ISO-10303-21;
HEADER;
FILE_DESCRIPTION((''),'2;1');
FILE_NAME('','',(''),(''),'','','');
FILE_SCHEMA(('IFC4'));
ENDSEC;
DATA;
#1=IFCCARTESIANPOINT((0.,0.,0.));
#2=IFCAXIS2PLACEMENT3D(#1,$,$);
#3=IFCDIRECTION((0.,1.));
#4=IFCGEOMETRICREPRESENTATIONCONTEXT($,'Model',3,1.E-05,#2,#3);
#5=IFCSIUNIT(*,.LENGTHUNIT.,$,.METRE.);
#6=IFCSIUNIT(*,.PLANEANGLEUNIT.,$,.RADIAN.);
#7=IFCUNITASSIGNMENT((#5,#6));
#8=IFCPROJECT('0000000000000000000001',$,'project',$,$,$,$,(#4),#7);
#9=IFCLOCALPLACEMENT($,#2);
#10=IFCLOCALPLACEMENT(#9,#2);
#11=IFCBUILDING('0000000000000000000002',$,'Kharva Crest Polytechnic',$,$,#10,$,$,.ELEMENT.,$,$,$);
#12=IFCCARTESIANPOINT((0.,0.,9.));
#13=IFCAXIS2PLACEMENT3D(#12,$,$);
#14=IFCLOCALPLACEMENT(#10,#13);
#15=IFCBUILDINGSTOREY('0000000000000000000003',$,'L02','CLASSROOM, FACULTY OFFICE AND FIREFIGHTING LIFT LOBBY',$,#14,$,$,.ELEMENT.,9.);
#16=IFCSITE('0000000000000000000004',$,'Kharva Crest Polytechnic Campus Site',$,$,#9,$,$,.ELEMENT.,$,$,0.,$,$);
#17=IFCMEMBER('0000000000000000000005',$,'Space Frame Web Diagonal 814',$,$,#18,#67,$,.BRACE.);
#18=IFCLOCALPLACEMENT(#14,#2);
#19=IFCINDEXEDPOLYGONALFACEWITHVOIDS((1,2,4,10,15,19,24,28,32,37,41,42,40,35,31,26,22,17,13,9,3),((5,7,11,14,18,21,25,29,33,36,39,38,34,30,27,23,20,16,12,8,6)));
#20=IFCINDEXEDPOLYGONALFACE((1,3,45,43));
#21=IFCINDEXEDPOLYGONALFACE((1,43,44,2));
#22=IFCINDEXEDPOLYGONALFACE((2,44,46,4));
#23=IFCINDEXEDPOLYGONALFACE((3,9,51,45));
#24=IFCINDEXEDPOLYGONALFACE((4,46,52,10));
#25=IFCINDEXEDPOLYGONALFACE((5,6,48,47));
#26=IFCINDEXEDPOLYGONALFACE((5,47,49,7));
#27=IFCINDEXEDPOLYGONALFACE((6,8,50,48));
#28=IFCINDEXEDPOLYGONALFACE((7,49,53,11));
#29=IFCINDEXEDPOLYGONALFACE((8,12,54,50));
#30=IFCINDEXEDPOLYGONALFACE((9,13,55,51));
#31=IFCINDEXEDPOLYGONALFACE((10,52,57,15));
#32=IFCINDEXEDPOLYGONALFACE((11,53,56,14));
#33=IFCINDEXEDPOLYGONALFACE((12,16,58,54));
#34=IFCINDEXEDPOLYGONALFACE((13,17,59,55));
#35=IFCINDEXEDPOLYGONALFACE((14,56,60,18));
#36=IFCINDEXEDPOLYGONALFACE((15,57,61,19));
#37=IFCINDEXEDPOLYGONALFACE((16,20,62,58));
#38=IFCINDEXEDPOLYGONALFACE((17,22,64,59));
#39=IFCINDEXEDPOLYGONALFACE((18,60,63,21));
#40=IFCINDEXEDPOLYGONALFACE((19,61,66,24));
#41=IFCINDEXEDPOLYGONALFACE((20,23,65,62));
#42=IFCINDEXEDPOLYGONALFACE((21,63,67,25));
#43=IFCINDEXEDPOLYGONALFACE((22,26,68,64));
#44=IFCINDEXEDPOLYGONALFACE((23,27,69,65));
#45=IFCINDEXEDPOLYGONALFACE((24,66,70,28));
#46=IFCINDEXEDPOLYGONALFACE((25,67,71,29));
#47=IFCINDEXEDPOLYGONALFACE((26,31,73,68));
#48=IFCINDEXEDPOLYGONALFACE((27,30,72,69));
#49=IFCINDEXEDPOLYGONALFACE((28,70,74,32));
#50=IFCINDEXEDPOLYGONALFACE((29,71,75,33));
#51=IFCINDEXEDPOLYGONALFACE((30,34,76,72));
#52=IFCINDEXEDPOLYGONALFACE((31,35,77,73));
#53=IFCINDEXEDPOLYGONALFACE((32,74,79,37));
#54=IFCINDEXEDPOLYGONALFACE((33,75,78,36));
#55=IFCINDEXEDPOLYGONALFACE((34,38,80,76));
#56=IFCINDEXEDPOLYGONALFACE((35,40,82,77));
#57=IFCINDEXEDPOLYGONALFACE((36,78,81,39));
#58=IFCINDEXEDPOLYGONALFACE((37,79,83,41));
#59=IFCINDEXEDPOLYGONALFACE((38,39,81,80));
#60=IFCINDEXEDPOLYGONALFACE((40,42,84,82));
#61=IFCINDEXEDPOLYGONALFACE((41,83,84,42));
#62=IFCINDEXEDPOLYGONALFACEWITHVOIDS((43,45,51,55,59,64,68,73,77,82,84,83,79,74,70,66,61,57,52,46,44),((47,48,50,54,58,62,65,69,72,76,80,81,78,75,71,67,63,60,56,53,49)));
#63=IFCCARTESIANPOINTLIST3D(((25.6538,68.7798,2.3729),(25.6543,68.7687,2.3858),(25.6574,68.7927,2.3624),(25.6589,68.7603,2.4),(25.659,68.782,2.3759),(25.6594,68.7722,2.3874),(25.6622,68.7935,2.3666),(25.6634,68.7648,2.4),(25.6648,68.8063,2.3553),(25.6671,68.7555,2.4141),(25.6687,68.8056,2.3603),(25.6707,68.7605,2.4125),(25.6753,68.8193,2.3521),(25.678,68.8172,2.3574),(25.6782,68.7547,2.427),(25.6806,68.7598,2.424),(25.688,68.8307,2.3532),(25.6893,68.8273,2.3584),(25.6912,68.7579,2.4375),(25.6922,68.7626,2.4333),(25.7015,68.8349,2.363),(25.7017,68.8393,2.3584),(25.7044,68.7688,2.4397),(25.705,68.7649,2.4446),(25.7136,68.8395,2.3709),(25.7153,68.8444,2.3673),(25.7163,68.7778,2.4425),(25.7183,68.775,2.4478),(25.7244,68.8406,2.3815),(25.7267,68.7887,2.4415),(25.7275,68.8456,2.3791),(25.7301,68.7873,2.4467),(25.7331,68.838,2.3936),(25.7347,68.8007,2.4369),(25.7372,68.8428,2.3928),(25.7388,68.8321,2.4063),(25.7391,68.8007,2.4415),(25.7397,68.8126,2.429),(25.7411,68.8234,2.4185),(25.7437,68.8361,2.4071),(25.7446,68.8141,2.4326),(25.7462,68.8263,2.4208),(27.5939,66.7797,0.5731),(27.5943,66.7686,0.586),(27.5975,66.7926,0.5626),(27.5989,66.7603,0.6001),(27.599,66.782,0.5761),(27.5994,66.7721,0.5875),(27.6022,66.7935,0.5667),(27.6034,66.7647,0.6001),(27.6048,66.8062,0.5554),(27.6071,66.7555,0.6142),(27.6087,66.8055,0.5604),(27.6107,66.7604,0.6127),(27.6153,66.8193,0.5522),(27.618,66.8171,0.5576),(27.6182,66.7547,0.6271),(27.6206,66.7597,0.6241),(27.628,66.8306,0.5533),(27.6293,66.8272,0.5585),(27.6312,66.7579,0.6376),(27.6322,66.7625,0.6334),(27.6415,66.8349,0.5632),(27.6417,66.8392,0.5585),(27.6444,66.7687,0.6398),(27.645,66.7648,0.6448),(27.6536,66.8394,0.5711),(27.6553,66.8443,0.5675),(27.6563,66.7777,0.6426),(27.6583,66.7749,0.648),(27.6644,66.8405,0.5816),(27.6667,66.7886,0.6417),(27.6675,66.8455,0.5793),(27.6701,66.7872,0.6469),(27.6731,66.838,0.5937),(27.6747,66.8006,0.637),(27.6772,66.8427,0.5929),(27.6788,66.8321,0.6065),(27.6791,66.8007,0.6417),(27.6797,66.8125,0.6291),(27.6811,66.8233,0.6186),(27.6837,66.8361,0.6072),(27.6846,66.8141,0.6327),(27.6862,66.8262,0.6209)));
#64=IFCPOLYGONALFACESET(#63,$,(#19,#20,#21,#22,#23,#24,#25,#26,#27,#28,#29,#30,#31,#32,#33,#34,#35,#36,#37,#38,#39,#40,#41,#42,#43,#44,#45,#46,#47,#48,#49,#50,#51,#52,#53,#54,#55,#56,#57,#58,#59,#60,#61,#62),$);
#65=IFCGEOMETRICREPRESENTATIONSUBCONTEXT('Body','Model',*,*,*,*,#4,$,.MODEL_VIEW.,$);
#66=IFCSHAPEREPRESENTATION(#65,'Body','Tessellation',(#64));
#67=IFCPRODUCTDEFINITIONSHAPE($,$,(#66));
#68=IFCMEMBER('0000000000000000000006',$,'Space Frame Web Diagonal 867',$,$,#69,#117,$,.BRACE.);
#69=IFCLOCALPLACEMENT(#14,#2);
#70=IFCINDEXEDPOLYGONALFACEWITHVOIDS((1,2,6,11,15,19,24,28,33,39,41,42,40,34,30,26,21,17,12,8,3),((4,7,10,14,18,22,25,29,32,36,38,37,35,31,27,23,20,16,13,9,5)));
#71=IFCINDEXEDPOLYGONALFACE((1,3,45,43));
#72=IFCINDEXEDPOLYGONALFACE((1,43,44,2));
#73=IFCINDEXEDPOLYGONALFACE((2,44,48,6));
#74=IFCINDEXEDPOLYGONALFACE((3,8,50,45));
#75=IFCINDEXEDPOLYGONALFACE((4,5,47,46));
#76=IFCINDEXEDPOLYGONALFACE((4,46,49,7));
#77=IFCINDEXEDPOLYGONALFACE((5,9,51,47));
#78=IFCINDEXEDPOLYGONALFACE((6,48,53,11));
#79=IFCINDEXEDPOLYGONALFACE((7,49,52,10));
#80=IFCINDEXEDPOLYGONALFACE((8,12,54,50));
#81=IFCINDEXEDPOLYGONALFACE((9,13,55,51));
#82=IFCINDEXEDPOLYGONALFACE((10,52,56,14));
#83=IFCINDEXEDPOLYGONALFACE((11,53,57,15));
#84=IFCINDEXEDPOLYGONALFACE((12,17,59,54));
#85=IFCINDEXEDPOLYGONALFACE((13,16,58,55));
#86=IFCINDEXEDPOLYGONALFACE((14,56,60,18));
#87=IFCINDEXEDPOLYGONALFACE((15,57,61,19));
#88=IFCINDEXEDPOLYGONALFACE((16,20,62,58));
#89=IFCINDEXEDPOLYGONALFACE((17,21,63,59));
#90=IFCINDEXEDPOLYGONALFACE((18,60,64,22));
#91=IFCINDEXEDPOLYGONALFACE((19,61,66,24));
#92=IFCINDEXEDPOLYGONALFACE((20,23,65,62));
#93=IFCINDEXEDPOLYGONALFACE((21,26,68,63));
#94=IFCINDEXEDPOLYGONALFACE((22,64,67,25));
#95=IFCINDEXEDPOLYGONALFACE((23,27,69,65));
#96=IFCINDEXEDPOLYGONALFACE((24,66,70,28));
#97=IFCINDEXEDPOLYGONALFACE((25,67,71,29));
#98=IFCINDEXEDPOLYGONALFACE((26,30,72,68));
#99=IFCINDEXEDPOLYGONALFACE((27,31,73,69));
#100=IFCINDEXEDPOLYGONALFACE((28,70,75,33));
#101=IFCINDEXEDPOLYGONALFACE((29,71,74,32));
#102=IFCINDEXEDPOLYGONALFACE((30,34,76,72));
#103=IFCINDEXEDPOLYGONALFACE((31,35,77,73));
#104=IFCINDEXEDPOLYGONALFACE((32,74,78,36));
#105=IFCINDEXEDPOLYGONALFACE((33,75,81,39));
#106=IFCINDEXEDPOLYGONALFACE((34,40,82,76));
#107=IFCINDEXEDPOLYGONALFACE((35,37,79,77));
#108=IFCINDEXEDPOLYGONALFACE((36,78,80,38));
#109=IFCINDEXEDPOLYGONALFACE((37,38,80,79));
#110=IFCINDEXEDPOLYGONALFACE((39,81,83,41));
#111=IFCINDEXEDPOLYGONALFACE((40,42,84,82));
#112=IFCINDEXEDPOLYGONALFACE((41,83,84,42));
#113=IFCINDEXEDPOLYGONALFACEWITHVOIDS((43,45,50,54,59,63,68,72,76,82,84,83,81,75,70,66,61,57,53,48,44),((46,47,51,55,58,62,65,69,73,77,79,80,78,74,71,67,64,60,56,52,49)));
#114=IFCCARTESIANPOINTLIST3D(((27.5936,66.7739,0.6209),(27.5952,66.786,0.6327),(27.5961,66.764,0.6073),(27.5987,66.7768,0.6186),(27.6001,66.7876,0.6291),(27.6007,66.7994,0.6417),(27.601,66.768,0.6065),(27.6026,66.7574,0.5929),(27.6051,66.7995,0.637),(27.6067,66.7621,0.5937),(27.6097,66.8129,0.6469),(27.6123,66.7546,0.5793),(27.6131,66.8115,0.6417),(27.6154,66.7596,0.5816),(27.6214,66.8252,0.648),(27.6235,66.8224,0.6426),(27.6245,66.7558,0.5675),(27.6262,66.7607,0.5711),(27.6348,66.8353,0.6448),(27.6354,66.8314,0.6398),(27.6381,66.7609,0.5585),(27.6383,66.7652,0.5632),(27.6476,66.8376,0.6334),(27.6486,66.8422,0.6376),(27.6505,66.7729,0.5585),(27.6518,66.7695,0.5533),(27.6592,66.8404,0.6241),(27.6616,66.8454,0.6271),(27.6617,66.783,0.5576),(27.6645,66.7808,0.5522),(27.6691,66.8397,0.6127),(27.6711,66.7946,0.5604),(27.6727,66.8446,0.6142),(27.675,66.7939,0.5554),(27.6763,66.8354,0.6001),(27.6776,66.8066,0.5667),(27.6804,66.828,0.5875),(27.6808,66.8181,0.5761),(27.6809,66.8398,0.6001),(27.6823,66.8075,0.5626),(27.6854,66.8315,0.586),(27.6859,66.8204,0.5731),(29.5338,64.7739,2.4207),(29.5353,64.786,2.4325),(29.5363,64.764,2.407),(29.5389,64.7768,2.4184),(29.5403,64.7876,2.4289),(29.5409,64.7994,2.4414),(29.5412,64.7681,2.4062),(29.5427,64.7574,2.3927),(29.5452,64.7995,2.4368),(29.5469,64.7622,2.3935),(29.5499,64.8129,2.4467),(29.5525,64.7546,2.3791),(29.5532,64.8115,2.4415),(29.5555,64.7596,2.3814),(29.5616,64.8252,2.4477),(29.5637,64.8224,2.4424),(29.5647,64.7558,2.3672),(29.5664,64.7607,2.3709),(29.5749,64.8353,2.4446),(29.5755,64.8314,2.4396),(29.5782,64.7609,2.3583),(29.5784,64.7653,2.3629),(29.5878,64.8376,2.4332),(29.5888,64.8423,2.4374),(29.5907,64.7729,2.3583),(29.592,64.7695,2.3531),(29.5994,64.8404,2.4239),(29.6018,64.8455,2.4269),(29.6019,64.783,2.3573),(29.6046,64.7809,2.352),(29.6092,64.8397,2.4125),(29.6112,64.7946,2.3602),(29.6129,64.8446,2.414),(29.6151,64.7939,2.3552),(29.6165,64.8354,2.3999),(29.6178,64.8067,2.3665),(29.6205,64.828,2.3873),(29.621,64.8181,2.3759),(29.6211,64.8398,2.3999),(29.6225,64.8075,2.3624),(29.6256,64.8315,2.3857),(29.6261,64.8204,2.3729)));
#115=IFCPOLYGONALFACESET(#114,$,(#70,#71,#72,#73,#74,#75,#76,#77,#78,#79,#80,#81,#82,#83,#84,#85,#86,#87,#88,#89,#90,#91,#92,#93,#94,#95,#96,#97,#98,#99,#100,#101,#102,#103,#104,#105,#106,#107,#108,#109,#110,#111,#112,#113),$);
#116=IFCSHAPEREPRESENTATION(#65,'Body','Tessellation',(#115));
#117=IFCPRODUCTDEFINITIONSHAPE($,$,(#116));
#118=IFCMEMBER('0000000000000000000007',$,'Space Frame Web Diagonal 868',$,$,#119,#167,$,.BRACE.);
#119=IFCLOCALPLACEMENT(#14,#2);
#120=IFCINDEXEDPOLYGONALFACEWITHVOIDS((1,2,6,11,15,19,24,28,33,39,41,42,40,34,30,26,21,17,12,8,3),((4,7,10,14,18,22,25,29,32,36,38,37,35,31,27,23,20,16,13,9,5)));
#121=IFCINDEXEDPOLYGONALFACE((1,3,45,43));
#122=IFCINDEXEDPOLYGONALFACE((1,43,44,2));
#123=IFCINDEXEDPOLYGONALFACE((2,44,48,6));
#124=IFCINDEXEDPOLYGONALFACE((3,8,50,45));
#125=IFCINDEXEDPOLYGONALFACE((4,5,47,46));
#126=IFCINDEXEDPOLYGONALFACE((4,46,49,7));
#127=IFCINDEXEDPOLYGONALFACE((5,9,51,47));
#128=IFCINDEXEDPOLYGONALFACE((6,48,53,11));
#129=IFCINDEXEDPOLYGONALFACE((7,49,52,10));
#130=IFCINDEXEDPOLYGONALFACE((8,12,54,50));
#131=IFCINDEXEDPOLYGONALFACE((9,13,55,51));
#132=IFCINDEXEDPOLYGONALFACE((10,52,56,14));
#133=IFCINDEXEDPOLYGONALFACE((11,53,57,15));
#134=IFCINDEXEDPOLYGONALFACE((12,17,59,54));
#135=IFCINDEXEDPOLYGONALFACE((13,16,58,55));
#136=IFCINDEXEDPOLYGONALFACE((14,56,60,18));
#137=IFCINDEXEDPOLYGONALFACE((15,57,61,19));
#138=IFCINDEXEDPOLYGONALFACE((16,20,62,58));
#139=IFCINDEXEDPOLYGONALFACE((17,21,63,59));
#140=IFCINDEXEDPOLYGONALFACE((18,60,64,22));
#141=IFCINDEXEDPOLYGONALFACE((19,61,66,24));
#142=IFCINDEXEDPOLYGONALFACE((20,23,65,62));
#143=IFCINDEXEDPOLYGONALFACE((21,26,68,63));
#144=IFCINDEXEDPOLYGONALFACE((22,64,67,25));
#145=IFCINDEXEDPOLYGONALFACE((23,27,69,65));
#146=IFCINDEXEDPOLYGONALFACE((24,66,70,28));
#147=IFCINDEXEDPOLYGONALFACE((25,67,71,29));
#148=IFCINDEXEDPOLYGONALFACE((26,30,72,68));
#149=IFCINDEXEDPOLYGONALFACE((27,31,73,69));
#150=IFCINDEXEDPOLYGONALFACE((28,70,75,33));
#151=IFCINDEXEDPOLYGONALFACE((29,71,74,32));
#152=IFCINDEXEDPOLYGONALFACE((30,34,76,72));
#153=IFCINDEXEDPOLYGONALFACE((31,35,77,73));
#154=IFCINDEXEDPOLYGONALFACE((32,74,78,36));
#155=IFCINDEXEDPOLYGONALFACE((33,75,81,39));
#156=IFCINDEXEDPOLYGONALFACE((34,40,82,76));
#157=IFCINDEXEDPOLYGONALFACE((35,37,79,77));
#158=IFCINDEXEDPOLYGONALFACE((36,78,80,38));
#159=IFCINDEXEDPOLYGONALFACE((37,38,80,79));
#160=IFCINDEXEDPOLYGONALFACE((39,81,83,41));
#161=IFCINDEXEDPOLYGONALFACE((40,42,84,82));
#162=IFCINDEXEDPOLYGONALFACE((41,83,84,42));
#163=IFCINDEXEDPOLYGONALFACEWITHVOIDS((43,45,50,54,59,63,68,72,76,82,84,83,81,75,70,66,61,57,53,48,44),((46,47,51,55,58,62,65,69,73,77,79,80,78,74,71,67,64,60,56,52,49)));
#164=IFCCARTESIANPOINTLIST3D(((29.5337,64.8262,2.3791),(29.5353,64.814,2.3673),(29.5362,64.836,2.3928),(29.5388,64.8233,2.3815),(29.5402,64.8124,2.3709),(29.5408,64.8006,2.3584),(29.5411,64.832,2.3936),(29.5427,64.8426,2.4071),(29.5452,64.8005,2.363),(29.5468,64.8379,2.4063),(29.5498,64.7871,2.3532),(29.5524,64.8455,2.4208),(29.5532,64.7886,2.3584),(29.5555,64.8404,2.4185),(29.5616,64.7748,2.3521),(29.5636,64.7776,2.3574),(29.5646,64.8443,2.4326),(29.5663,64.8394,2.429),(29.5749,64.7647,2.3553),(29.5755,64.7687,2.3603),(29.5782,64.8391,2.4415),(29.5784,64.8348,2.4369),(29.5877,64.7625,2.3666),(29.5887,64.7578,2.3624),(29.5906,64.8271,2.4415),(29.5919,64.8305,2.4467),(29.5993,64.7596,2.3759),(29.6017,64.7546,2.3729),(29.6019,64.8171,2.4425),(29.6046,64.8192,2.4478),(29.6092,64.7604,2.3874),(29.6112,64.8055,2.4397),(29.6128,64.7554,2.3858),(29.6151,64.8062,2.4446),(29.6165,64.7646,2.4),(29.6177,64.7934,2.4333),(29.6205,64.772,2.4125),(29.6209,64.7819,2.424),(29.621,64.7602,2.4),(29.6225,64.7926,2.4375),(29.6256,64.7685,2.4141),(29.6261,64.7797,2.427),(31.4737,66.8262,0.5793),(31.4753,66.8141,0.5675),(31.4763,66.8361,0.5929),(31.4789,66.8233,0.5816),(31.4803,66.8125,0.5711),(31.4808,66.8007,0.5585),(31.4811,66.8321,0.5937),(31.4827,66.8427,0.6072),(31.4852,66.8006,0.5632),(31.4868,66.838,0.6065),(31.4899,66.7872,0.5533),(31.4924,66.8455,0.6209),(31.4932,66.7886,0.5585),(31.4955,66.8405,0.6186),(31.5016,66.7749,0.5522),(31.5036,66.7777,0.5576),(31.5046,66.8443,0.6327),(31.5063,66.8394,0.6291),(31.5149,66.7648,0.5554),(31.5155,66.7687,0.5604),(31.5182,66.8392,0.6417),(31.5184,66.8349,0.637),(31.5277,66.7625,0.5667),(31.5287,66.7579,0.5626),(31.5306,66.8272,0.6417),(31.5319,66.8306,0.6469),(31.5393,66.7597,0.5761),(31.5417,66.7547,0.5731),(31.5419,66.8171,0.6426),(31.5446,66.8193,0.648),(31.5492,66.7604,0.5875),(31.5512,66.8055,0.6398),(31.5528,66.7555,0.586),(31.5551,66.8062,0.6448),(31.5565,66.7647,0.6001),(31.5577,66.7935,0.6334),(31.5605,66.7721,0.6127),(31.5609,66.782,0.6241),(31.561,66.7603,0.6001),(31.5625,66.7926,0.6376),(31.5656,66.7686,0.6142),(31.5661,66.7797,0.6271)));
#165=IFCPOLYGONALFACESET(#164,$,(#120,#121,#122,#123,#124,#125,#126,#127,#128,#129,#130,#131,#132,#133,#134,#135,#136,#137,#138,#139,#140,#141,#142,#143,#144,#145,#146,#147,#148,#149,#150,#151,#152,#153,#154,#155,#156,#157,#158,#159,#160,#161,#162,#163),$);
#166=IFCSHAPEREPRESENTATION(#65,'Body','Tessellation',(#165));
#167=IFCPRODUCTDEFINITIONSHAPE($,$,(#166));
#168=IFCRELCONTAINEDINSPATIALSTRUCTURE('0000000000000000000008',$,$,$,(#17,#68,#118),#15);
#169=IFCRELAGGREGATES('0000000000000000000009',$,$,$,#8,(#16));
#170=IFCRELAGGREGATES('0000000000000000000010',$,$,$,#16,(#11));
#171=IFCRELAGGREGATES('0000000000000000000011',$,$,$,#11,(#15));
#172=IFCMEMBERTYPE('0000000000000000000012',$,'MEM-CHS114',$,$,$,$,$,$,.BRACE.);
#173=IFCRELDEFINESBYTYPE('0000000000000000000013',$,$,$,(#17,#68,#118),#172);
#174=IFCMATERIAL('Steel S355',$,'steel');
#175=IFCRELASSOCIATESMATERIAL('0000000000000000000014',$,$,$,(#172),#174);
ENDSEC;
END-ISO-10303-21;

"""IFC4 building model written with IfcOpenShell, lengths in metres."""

from ifc_helpers import new_model, si_unit, direction, frame, origin, origin_2d, place, context, subcontext, project, spatial, hollow_circle, extrude, material, material_profile, profile_set, type_object, element, save


model = new_model("IFC4")

# Units and contexts
model_context = context("Model", 3, precision=1e-05, world=origin(), true_north=direction((0.0, 1.0)))
body_context = subcontext(model_context, "Body", "Model", "MODEL_VIEW")
ifc_project = project(units=[si_unit("LENGTHUNIT", "METRE"), si_unit("PLANEANGLEUNIT", "RADIAN")], contexts=[model_context])

# Site, building, storey
site_placement = place(None, origin())
site = spatial("IfcSite", under=ifc_project, at=site_placement, Name="Kharva Crest Polytechnic Campus Site", CompositionType="ELEMENT", RefElevation=0.0)
building_placement = place(site_placement, origin())
building = spatial("IfcBuilding", under=site, at=building_placement, Name="Kharva Crest Polytechnic", CompositionType="ELEMENT")
storey_placement = place(building_placement, frame((0.0, 0.0, 9.0)))
storey = spatial("IfcBuildingStorey", under=building, at=storey_placement, Name="L02", Description="CLASSROOM, FACULTY OFFICE AND FIREFIGHTING LIFT LOBBY", CompositionType="ELEMENT", Elevation=9.0)

# Shared definitions
ifc_material_1 = material(Name="Steel S355", Category="steel")

# Members
ifc_material_profile_1 = material_profile(ifc_material_1, hollow_circle(Radius=0.0571, WallThickness=0.0063, at=origin_2d()), Name="CHS 114.3X6.3")
ifc_profile_set_1 = profile_set([ifc_material_profile_1], Name="Steel S355")
member_type_1 = type_object("IfcMemberType", Name="MEM-CHS114", PredefinedType="BRACE", material=ifc_profile_set_1)
for number, where, z_axis, x_axis, name in (
    (1, (27.6399, 66.8, 0.6001), (-0.584843, 0.60295, 0.542596), (-0.717802, -0.696247, 0.0), "Space Frame Web Diagonal 814"),
    (2, (27.6399, 66.8, 0.6001), (0.584892, -0.602924, 0.542572), (0.717758, 0.696292, 0.0), "Space Frame Web Diagonal 867"),
    (3, (31.52, 66.8, 0.6001), (-0.584843, -0.60295, 0.542596), (0.717802, -0.696247, 0.0), "Space Frame Web Diagonal 868"),
):
    element("IfcMember", number, at=place(storey_placement, frame(where, z_axis=z_axis, x_axis=x_axis)), inside=storey, type_object=member_type_1, Name=name, PredefinedType="BRACE", context=body_context, shape_type="SweptSolid", body=[
        extrude(hollow_circle(Radius=0.0571, WallThickness=0.0063, at=origin_2d()), origin(), (0.0, 0.0, 1.0), 3.3171),
    ])

save(model, "model.ifc")
